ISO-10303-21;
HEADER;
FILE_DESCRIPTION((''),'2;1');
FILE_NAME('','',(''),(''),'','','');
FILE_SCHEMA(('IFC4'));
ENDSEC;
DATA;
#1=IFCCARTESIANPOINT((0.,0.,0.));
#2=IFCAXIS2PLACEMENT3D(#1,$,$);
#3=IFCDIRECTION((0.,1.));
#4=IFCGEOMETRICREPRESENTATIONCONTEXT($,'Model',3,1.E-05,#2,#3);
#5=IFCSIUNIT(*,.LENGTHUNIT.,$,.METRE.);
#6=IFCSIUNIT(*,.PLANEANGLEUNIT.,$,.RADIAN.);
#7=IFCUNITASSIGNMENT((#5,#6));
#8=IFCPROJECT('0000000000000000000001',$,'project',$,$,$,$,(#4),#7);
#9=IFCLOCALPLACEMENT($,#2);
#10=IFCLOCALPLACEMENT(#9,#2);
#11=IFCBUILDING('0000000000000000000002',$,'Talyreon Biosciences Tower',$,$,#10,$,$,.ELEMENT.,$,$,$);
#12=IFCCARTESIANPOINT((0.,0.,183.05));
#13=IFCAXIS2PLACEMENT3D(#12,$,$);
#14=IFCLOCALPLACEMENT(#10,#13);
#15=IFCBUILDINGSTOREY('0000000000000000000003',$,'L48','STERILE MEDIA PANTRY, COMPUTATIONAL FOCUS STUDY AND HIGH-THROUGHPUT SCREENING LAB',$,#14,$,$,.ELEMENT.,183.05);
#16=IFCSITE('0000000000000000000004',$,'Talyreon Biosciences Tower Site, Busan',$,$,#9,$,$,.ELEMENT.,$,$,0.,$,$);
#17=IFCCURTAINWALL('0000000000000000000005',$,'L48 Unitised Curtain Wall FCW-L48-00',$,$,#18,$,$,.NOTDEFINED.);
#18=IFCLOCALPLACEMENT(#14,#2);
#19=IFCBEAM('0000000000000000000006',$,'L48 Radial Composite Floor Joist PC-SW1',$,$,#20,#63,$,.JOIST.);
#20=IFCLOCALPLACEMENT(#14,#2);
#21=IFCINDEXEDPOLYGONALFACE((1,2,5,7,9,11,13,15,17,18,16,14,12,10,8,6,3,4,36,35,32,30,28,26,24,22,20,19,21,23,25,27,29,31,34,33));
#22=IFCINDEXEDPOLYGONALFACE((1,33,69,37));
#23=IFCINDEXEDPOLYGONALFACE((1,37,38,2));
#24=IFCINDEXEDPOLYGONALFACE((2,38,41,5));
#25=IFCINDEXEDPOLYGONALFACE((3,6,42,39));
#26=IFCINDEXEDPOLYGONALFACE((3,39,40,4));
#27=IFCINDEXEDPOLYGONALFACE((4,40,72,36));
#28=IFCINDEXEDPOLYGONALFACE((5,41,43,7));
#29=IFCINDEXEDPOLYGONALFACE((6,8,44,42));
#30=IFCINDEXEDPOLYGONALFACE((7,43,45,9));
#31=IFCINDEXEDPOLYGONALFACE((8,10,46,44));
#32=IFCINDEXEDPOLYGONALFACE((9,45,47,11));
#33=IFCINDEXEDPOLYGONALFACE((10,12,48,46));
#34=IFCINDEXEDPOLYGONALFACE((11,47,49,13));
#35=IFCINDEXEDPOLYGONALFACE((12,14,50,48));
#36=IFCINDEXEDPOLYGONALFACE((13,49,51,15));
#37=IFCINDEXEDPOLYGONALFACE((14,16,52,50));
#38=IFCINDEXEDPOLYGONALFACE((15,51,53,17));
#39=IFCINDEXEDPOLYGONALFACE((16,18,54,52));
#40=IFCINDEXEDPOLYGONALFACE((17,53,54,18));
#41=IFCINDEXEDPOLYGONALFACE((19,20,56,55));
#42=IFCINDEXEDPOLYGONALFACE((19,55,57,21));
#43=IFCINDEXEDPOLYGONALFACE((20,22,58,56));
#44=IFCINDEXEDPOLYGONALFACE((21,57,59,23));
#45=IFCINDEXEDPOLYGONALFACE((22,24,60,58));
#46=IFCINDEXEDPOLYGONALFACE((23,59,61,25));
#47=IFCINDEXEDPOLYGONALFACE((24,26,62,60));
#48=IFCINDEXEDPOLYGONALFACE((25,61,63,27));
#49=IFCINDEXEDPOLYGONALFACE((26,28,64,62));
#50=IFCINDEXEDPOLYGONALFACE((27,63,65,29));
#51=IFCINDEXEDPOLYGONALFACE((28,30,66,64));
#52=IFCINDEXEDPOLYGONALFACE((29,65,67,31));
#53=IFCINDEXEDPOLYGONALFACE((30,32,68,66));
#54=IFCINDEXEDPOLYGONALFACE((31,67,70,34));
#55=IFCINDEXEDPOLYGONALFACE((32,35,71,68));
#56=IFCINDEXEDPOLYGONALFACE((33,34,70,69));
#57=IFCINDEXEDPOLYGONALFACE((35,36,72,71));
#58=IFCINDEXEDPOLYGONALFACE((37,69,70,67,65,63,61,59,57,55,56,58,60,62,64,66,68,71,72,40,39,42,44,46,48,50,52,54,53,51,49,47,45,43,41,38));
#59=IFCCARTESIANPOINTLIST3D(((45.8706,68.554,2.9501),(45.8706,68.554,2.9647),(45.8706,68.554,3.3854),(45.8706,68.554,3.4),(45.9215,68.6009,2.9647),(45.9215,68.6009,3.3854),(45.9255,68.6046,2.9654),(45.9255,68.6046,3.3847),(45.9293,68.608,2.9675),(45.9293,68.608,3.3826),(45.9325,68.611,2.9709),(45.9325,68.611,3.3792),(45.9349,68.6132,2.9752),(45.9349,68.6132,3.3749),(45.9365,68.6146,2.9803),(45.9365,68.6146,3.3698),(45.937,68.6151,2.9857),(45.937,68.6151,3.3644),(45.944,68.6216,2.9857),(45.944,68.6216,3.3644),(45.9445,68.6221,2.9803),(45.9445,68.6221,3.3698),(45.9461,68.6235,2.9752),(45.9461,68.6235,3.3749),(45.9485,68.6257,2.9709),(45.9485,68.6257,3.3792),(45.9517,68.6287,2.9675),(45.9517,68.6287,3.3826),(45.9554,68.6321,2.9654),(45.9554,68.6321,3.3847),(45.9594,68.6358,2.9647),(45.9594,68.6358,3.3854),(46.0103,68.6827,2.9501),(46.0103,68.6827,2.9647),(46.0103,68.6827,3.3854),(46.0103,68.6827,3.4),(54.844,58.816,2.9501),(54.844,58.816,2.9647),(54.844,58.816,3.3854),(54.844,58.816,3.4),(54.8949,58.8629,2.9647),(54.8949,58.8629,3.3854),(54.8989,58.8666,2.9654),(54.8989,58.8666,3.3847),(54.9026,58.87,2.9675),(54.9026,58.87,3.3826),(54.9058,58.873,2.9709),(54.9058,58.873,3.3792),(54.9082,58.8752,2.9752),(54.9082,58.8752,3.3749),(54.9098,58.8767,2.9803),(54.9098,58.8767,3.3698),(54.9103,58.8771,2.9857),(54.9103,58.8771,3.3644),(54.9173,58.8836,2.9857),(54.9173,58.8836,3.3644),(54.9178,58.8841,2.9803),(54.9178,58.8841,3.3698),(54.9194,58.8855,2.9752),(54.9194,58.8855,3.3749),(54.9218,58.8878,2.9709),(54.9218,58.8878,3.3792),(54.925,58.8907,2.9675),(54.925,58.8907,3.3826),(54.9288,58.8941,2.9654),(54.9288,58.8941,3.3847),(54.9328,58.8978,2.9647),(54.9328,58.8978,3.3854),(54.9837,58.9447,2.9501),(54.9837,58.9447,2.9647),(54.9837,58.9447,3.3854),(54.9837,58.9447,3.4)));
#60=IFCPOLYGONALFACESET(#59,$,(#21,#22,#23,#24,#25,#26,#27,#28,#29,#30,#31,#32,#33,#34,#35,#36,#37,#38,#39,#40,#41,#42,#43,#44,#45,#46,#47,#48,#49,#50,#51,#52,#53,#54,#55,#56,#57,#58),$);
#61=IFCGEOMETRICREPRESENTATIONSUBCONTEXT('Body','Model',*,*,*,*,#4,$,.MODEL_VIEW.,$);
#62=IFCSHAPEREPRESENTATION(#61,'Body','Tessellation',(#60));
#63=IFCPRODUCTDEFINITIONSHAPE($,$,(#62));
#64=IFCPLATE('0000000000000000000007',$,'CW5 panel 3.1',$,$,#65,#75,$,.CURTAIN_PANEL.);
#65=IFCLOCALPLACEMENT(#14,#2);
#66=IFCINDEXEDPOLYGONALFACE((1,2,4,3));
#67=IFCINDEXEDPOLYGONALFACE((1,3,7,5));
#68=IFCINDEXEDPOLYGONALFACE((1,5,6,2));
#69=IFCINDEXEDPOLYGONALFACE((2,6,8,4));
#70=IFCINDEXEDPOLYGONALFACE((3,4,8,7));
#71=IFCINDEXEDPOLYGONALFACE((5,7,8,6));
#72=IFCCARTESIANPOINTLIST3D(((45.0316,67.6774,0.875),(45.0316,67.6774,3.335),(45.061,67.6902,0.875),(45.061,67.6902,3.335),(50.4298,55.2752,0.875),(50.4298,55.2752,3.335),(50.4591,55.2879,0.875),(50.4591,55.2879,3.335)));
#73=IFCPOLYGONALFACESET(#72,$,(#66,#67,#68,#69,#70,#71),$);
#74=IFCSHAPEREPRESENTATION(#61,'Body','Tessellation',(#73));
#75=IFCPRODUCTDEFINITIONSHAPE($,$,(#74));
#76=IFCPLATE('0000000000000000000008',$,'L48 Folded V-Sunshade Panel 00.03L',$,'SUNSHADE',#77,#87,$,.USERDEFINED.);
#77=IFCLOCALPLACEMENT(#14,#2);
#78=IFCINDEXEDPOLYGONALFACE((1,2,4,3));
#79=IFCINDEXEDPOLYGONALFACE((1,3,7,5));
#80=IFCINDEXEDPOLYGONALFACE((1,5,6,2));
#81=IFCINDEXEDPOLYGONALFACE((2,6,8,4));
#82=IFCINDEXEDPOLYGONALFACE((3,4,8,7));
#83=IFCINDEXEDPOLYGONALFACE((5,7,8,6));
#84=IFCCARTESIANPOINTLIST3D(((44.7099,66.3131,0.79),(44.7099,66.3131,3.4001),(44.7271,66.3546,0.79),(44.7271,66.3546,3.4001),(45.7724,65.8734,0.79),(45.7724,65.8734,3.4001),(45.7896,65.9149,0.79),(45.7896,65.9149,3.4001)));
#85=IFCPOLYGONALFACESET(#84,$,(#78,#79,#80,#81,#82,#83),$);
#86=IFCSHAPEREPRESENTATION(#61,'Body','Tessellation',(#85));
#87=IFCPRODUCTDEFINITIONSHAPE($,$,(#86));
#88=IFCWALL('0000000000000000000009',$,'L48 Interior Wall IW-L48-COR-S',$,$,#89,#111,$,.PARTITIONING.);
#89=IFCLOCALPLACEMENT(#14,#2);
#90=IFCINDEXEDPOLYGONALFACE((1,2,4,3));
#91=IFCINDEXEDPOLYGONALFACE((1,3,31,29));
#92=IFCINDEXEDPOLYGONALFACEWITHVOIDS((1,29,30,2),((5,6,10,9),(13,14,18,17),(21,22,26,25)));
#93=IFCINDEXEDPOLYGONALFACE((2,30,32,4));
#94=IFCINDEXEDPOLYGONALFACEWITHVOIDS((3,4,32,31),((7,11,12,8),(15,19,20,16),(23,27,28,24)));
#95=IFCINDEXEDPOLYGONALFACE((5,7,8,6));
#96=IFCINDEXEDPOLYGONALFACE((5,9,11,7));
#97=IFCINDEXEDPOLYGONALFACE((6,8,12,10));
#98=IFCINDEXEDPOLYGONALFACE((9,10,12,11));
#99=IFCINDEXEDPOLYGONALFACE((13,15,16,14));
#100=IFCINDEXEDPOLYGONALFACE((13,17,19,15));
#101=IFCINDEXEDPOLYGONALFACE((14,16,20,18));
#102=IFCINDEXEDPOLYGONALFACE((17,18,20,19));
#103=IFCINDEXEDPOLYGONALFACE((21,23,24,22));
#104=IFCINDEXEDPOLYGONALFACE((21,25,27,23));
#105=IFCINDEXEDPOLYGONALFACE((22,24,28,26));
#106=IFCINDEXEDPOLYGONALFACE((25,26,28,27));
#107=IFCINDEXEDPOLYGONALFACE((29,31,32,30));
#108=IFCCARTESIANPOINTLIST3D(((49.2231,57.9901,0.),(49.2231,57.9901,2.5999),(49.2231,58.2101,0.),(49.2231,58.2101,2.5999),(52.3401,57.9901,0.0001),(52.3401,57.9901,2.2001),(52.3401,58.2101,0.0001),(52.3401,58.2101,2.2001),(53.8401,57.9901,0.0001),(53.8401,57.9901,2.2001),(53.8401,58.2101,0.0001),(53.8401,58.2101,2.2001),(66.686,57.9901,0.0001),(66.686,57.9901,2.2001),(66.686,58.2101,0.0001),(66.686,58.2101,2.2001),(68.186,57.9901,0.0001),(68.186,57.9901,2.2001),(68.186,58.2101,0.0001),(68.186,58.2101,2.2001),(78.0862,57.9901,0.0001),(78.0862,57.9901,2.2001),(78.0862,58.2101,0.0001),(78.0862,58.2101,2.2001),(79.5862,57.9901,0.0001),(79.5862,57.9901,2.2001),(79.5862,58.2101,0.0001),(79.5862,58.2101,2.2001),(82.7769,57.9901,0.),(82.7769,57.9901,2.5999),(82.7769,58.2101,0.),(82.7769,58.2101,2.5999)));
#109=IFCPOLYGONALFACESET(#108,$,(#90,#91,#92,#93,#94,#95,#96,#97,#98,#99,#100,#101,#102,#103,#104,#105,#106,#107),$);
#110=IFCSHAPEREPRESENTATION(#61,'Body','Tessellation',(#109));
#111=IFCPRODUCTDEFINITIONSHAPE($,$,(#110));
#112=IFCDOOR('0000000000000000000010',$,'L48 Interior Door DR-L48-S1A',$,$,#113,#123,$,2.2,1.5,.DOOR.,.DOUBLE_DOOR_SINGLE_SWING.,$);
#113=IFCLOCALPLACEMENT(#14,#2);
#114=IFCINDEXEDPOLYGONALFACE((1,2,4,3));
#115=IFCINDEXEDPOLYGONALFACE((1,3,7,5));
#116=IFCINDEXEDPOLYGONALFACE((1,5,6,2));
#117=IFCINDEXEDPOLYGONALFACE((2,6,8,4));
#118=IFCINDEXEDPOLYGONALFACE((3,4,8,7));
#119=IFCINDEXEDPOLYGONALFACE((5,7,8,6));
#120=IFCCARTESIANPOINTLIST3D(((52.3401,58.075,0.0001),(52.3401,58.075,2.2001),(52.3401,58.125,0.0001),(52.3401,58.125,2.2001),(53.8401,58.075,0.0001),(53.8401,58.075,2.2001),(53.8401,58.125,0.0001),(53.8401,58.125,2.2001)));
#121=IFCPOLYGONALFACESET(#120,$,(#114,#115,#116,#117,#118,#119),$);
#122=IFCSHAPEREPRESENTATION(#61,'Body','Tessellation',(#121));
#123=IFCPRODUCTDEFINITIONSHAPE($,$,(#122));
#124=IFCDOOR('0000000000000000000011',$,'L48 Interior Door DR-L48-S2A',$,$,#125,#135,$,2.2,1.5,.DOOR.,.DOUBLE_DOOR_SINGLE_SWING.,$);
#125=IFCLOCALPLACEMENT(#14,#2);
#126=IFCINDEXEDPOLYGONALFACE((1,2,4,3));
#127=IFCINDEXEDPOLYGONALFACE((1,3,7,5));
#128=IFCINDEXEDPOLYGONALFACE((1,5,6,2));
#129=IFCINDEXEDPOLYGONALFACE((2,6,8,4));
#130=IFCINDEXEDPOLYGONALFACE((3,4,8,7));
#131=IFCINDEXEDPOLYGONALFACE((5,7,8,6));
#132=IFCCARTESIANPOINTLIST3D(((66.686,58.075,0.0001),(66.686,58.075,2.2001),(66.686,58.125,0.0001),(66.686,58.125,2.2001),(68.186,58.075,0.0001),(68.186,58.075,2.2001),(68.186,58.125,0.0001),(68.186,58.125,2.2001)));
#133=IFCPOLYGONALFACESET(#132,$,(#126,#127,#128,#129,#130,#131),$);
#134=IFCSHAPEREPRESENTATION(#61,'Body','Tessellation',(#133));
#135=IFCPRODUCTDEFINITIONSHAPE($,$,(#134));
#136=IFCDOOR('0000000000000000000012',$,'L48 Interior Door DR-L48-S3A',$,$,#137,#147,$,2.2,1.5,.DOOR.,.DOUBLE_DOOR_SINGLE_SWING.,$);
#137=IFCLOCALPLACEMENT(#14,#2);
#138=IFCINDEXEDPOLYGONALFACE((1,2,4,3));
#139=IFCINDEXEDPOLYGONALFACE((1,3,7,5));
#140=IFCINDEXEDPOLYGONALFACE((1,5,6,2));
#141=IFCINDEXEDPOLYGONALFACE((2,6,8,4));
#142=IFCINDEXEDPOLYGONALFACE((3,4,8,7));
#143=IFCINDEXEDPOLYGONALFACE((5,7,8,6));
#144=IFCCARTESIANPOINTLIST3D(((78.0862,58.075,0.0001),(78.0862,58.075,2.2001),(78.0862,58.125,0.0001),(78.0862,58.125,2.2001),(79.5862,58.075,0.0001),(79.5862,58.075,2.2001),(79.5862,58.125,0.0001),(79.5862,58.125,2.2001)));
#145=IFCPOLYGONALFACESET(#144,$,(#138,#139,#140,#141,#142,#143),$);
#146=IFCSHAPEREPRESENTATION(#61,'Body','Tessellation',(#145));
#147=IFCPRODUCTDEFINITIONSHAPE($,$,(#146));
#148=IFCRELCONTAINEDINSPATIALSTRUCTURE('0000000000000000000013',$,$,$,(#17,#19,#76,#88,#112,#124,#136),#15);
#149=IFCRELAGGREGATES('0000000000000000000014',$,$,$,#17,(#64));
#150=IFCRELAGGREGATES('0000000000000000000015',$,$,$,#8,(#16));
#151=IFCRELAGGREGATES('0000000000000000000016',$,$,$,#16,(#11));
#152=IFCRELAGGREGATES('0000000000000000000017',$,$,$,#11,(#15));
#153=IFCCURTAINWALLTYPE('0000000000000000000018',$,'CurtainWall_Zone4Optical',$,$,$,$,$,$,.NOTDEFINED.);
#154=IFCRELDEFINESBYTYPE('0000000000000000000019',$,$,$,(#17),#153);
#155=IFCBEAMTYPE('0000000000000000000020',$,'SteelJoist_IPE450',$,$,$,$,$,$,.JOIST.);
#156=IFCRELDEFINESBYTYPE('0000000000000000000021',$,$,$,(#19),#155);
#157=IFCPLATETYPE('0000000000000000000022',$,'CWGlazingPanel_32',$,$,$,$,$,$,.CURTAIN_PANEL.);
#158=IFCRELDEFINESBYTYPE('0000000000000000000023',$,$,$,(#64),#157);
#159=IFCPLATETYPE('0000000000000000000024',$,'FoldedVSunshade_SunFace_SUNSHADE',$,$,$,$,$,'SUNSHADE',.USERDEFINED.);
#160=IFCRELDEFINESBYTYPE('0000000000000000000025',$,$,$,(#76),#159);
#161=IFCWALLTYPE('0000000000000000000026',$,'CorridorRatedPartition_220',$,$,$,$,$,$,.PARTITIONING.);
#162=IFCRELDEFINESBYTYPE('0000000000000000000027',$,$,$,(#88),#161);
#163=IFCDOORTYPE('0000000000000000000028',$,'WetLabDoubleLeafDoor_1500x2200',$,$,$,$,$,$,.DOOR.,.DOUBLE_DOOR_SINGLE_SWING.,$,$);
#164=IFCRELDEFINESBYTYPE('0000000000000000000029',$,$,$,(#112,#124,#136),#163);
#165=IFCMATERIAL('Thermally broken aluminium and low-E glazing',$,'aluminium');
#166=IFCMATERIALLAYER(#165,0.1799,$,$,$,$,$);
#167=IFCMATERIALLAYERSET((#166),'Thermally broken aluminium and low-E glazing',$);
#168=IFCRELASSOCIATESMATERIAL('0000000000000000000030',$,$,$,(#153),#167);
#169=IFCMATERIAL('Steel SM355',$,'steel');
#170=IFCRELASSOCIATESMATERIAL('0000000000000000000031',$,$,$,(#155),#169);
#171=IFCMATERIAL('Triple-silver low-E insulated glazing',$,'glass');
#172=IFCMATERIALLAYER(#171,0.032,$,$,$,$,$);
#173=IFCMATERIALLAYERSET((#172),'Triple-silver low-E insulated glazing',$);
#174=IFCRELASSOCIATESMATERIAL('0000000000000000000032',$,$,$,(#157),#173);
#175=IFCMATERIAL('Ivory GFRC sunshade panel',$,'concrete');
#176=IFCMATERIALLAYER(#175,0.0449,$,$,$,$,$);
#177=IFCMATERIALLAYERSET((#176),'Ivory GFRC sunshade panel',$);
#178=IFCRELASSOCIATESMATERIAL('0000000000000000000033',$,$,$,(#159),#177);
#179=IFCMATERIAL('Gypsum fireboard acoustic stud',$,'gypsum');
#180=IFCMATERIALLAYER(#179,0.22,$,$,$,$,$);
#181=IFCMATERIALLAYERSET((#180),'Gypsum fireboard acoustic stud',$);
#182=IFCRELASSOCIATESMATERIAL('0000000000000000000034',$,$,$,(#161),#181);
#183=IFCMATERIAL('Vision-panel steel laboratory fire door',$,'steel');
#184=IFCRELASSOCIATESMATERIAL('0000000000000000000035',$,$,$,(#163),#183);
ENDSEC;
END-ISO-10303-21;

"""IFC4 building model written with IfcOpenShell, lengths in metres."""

from ifc_helpers import new_model, si_unit, direction, frame, frame_2d, origin, origin_2d, place, context, subcontext, project, spatial, rectangle, i_section, extrude, material, layer, layer_set, material_profile, profile_set, type_object, element, fill, aggregate, save


model = new_model("IFC4")

# Units and contexts
model_context = context("Model", 3, precision=1e-05, world=origin(), true_north=direction((0.0, 1.0)))
body_context = subcontext(model_context, "Body", "Model", "MODEL_VIEW")
ifc_project = project(units=[si_unit("LENGTHUNIT", "METRE"), si_unit("PLANEANGLEUNIT", "RADIAN")], contexts=[model_context])

# Site, building, storey
site_placement = place(None, origin())
site = spatial("IfcSite", under=ifc_project, at=site_placement, Name="Talyreon Biosciences Tower Site, Busan", CompositionType="ELEMENT", RefElevation=0.0)
building_placement = place(site_placement, origin())
building = spatial("IfcBuilding", under=site, at=building_placement, Name="Talyreon Biosciences Tower", CompositionType="ELEMENT")
storey_placement = place(building_placement, frame((0.0, 0.0, 183.05)))
storey = spatial("IfcBuildingStorey", under=building, at=storey_placement, Name="L48", Description="STERILE MEDIA PANTRY, COMPUTATIONAL FOCUS STUDY AND HIGH-THROUGHPUT SCREENING LAB", CompositionType="ELEMENT", Elevation=183.05)

# Curtain wall
ifc_material_1 = material(Name="Thermally broken aluminium and low-E glazing", Category="aluminium")
ifc_layer_1 = layer(ifc_material_1, 0.1799)
ifc_layer_set_1 = layer_set([ifc_layer_1], Name="Thermally broken aluminium and low-E glazing")
curtain_wall_type = type_object("IfcCurtainWallType", Name="CurtainWall_Zone4Optical", PredefinedType="NOTDEFINED", material=ifc_layer_set_1)
curtain_wall_placement = place(storey_placement, origin())
curtain_wall = element("IfcCurtainWall", 1, at=curtain_wall_placement, inside=storey, type_object=curtain_wall_type, Name="L48 Unitised Curtain Wall FCW-L48-00", PredefinedType="NOTDEFINED")

# Beam
ifc_material_2 = material(Name="Steel SM355", Category="steel")
ifc_material_profile_1 = material_profile(ifc_material_2, i_section(OverallWidth=0.1899, OverallDepth=0.45, WebThickness=0.0095, FlangeThickness=0.0146, FilletRadius=0.021, at=origin_2d()), Name="IPE450")
ifc_profile_set_1 = profile_set([ifc_material_profile_1], Name="Steel SM355")
beam_type_1 = type_object("IfcBeamType", Name="SteelJoist_IPE450", PredefinedType="JOIST", material=ifc_profile_set_1)
beam_1_placement = place(storey_placement, frame((54.9138, 58.8804, 3.175), z_axis=(-0.677645, 0.735389, 0.0), x_axis=(-0.735389, -0.677645, 0.0)))
element("IfcBeam", 2, at=beam_1_placement, inside=storey, type_object=beam_type_1, Name="L48 Radial Composite Floor Joist PC-SW1", PredefinedType="JOIST", context=body_context, shape_type="SweptSolid", body=[
    extrude(i_section(OverallWidth=0.1899, OverallDepth=0.45, WebThickness=0.0095, FlangeThickness=0.0146, FilletRadius=0.021, at=origin_2d()), origin(), (0.0, 0.0, 1.0), 13.2419),
])

# Plates
ifc_material_3 = material(Name="Triple-silver low-E insulated glazing", Category="glass")
ifc_layer_2 = layer(ifc_material_3, 0.032)
ifc_layer_set_2 = layer_set([ifc_layer_2], Name="Triple-silver low-E insulated glazing")
plate_type_1 = type_object("IfcPlateType", Name="CWGlazingPanel_32", PredefinedType="CURTAIN_PANEL", material=ifc_layer_set_2)
plate_1_placement = place(storey_placement, frame((47.7454, 61.4827, 0.875), z_axis=(0.0, 0.0, 1.0), x_axis=(-0.399089, 0.916912, 0.0)))
plate_1 = element("IfcPlate", 3, at=plate_1_placement, type_object=plate_type_1, Name="CW5 panel 3.1", PredefinedType="CURTAIN_PANEL", context=body_context, shape_type="SweptSolid", body=[
    extrude(rectangle(XDim=13.5261, YDim=0.032, at=origin_2d()), origin(), (0.0, 0.0, 1.0), 2.46),
])
aggregate(curtain_wall, [plate_1])
ifc_material_4 = material(Name="Ivory GFRC sunshade panel", Category="concrete")
ifc_layer_3 = layer(ifc_material_4, 0.0449)
ifc_layer_set_3 = layer_set([ifc_layer_3], Name="Ivory GFRC sunshade panel")
plate_type_2 = type_object("IfcPlateType", Name="FoldedVSunshade_SunFace_SUNSHADE", ElementType="SUNSHADE", PredefinedType="USERDEFINED", material=ifc_layer_set_3)
plate_2_placement = place(storey_placement, frame((45.2498, 66.114, 0.79), z_axis=(0.0, 0.0, 1.0), x_axis=(-0.92402, 0.382345, 0.0)))
element("IfcPlate", 4, at=plate_2_placement, inside=storey, type_object=plate_type_2, Name="L48 Folded V-Sunshade Panel 00.03L", ObjectType="SUNSHADE", PredefinedType="USERDEFINED", context=body_context, shape_type="SweptSolid", body=[
    extrude(rectangle(XDim=1.1499, YDim=0.0449, at=origin_2d()), origin(), (0.0, 0.0, 1.0), 2.6101),
])

# Wall, openings, doors
ifc_material_5 = material(Name="Gypsum fireboard acoustic stud", Category="gypsum")
ifc_layer_4 = layer(ifc_material_5, 0.22)
ifc_layer_set_4 = layer_set([ifc_layer_4], Name="Gypsum fireboard acoustic stud")
wall_type = type_object("IfcWallType", Name="CorridorRatedPartition_220", PredefinedType="PARTITIONING", material=ifc_layer_set_4)
wall_placement = place(storey_placement, frame((49.2231, 58.1001, 0.0), z_axis=(0.0, 0.0, 1.0), x_axis=(1.0, 0.0, 0.0)))
wall = element("IfcWall", 5, at=wall_placement, inside=storey, type_object=wall_type, Name="L48 Interior Wall IW-L48-COR-S", PredefinedType="PARTITIONING", context=body_context, shape_type="SweptSolid", body=[
    extrude(rectangle(XDim=33.5537, YDim=0.22, at=frame_2d((16.7769, 0.0))), origin(), (0.0, 0.0, 1.0), 2.5999),
])
opening_1_placement = place(wall_placement, frame((3.1169, 0.0, 0.0)))
opening_1 = element("IfcOpeningElement", 6, at=opening_1_placement, cuts=wall, PredefinedType="OPENING", context=body_context, shape_type="SweptSolid", body=[
    extrude(rectangle(XDim=1.5, YDim=2.2, at=frame_2d((0.75, 1.1001))), frame((0.0, 0.1199, 0.0), z_axis=(0.0, -1.0, 0.0), x_axis=(1.0, 0.0, 0.0)), (0.0, 0.0, 1.0), 0.24),
])
opening_2_placement = place(wall_placement, frame((17.4629, 0.0, 0.0)))
opening_2 = element("IfcOpeningElement", 7, at=opening_2_placement, cuts=wall, PredefinedType="OPENING", context=body_context, shape_type="SweptSolid", body=[
    extrude(rectangle(XDim=1.5, YDim=2.2, at=frame_2d((0.75, 1.1001))), frame((0.0, 0.1199, 0.0), z_axis=(0.0, -1.0, 0.0), x_axis=(1.0, 0.0, 0.0)), (0.0, 0.0, 1.0), 0.24),
])
opening_3_placement = place(wall_placement, frame((28.863, 0.0, 0.0)))
opening_3 = element("IfcOpeningElement", 8, at=opening_3_placement, cuts=wall, PredefinedType="OPENING", context=body_context, shape_type="SweptSolid", body=[
    extrude(rectangle(XDim=1.5, YDim=2.2, at=frame_2d((0.75, 1.1001))), frame((0.0, 0.1199, 0.0), z_axis=(0.0, -1.0, 0.0), x_axis=(1.0, 0.0, 0.0)), (0.0, 0.0, 1.0), 0.24),
])
ifc_material_6 = material(Name="Vision-panel steel laboratory fire door", Category="steel")
door_type = type_object("IfcDoorType", Name="WetLabDoubleLeafDoor_1500x2200", OperationType="DOUBLE_DOOR_SINGLE_SWING", PredefinedType="DOOR", material=ifc_material_6)
door_1_placement = place(opening_1_placement, origin())
door_1 = element("IfcDoor", 9, at=door_1_placement, inside=storey, type_object=door_type, Name="L48 Interior Door DR-L48-S1A", OperationType="DOUBLE_DOOR_SINGLE_SWING", OverallHeight=2.2, OverallWidth=1.5, PredefinedType="DOOR", context=body_context, shape_type="SweptSolid", body=[
    extrude(rectangle(XDim=1.5, YDim=2.2, at=frame_2d((0.75, 1.1001))), frame((0.0, 0.0249, 0.0), z_axis=(0.0, -1.0, 0.0), x_axis=(1.0, 0.0, 0.0)), (0.0, 0.0, 1.0), 0.05),
])
fill(opening_1, door_1)
door_2_placement = place(opening_2_placement, origin())
door_2 = element("IfcDoor", 10, at=door_2_placement, inside=storey, type_object=door_type, Name="L48 Interior Door DR-L48-S2A", OperationType="DOUBLE_DOOR_SINGLE_SWING", OverallHeight=2.2, OverallWidth=1.5, PredefinedType="DOOR", context=body_context, shape_type="SweptSolid", body=[
    extrude(rectangle(XDim=1.5, YDim=2.2, at=frame_2d((0.75, 1.1001))), frame((0.0, 0.0249, 0.0), z_axis=(0.0, -1.0, 0.0), x_axis=(1.0, 0.0, 0.0)), (0.0, 0.0, 1.0), 0.05),
])
fill(opening_2, door_2)
door_3_placement = place(opening_3_placement, origin())
door_3 = element("IfcDoor", 11, at=door_3_placement, inside=storey, type_object=door_type, Name="L48 Interior Door DR-L48-S3A", OperationType="DOUBLE_DOOR_SINGLE_SWING", OverallHeight=2.2, OverallWidth=1.5, PredefinedType="DOOR", context=body_context, shape_type="SweptSolid", body=[
    extrude(rectangle(XDim=1.5, YDim=2.2, at=frame_2d((0.75, 1.1001))), frame((0.0, 0.0249, 0.0), z_axis=(0.0, -1.0, 0.0), x_axis=(1.0, 0.0, 0.0)), (0.0, 0.0, 1.0), 0.05),
])
fill(opening_3, door_3)

save(model, "model.ifc")
